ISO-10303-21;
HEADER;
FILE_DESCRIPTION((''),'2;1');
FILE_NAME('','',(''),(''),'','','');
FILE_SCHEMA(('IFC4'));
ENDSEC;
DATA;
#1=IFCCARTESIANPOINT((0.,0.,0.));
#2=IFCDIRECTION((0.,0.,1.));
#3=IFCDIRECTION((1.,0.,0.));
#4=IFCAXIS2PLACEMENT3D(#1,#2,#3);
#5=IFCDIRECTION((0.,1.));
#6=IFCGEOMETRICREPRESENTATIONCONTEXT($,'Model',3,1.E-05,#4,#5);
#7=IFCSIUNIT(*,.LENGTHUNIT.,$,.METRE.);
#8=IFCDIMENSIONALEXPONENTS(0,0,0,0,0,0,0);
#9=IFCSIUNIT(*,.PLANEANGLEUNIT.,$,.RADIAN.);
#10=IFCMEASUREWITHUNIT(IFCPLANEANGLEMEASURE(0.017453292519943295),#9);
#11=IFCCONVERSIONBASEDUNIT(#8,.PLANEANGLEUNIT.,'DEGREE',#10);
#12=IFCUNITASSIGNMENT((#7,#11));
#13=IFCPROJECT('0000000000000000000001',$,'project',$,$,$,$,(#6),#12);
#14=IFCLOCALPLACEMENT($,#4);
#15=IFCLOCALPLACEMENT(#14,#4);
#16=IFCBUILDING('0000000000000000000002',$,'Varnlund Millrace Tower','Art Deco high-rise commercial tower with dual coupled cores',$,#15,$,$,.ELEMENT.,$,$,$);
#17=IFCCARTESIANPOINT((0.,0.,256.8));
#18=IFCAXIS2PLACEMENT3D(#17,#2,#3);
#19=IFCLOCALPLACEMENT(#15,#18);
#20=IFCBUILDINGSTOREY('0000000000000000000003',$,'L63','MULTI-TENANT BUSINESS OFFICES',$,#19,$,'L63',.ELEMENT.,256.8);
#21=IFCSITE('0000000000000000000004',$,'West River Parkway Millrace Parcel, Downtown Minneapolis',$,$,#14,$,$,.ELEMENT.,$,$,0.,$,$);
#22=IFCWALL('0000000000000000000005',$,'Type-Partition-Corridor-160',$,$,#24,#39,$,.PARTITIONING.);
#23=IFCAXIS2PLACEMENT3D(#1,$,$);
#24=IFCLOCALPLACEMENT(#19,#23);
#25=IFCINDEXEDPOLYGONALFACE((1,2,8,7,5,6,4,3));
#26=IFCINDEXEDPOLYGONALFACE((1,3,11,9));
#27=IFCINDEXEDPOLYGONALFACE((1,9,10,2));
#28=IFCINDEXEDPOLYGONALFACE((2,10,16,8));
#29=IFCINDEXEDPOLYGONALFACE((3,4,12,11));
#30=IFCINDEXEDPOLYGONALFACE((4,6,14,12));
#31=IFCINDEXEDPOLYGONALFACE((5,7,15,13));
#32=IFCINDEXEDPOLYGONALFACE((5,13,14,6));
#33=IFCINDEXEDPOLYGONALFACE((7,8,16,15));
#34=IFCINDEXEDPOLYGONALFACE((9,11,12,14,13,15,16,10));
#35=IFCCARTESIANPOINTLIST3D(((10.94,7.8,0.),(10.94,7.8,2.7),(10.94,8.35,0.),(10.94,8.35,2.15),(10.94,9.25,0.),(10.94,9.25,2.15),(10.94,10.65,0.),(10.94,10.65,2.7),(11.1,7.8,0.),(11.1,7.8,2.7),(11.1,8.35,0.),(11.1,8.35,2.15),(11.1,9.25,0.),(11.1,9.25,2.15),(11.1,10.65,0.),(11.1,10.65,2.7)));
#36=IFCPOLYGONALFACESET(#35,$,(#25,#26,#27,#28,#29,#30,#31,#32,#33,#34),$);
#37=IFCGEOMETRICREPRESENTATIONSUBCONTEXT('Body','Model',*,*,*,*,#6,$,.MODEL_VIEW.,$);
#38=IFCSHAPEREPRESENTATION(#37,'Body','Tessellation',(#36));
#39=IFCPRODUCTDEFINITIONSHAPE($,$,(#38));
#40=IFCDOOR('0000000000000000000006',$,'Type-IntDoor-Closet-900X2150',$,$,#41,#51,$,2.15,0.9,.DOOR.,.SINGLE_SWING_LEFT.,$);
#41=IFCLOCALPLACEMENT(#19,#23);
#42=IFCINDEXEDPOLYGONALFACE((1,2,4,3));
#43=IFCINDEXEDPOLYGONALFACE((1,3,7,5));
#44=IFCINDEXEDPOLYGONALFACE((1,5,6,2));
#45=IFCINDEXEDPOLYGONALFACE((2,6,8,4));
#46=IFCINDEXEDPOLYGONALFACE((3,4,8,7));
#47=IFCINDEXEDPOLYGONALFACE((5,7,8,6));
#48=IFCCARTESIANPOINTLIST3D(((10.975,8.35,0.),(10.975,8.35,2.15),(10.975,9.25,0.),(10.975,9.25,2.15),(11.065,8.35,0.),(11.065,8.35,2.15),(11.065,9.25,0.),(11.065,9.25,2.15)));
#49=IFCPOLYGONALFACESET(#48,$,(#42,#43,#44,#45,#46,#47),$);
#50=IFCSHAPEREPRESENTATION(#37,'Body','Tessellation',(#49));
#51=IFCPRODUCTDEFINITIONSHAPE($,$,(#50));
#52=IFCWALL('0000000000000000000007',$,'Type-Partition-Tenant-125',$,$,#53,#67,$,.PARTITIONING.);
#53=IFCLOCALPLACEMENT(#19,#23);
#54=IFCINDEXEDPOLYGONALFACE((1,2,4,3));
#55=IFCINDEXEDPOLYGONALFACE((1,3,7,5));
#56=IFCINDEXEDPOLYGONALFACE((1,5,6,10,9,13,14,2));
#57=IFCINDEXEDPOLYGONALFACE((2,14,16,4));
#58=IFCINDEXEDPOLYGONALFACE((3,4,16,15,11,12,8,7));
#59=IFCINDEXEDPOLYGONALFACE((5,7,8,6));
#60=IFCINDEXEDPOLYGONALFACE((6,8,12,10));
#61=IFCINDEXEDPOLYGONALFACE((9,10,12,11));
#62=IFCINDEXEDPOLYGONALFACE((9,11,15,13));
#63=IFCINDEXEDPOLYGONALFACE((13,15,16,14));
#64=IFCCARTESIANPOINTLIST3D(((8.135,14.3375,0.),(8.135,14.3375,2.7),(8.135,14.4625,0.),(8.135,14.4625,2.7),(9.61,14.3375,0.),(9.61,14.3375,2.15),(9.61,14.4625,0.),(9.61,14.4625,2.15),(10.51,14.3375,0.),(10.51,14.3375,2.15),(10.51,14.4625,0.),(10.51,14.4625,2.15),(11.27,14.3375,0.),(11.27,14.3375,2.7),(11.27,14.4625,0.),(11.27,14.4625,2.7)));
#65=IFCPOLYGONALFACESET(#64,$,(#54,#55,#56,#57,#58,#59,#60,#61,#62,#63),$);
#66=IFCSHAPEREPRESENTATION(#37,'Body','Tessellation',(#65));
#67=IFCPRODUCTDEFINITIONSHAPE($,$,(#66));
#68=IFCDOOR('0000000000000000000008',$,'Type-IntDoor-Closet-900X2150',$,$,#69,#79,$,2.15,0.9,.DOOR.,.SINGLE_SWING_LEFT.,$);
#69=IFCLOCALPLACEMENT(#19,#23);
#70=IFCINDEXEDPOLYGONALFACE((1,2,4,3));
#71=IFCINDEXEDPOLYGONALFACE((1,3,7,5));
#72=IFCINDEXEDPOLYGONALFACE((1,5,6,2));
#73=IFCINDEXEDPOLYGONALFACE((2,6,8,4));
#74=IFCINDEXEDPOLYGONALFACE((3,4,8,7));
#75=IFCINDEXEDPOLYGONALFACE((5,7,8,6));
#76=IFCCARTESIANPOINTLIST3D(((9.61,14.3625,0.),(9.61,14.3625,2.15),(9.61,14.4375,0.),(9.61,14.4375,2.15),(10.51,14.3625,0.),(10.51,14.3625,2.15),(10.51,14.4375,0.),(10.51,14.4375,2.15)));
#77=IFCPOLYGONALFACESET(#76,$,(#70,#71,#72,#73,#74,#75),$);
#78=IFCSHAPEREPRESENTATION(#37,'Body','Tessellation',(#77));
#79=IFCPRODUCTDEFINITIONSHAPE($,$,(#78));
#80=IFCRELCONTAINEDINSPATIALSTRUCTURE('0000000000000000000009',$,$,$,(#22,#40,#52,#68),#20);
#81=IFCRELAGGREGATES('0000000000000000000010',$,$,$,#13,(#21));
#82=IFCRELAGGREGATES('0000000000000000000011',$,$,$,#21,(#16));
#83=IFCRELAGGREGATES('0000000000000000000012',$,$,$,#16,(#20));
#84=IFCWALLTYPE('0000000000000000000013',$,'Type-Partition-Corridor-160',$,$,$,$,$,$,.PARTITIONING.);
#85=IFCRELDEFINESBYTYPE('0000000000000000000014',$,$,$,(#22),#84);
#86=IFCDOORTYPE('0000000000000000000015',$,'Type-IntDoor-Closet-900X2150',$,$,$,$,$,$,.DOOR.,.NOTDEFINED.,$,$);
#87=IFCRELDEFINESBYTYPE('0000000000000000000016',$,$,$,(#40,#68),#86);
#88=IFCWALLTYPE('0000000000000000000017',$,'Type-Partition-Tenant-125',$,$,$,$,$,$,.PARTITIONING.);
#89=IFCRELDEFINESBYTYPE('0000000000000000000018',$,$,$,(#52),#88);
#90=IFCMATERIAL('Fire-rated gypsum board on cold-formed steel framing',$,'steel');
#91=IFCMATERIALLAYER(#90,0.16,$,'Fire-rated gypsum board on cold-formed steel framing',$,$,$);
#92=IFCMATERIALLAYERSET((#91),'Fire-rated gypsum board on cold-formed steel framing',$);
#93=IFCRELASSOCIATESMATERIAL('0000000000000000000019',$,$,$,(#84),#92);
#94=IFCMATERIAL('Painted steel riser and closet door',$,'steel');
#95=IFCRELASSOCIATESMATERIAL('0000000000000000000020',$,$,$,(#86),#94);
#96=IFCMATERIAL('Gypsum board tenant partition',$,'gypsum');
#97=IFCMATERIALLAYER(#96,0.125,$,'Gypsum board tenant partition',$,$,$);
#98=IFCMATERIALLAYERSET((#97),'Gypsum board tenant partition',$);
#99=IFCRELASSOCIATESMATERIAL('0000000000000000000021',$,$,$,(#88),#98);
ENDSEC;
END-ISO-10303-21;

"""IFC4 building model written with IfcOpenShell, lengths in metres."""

from ifc_helpers import new_model, entity, si_unit, converted_unit, direction, frame, origin_with_axes, origin_2d_with_axis, place, context, subcontext, project, spatial, polyline, rectangle, outline, extrude, material, layer, layer_set, type_object, element, fill, save


model = new_model("IFC4")

# Units and contexts
model_context = context("Model", 3, precision=1e-05, world=origin_with_axes(), true_north=direction((0.0, 1.0)))
body_context = subcontext(model_context, "Body", "Model", "MODEL_VIEW")
ifc_project = project(units=[si_unit("LENGTHUNIT", "METRE"), converted_unit("PLANEANGLEUNIT", "DEGREE", entity("IfcPlaneAngleMeasure", 0.017453292519943295), si_unit("PLANEANGLEUNIT", "RADIAN"), dimensions=[0, 0, 0, 0, 0, 0, 0])], contexts=[model_context])

# Site, building, storey
site_placement = place(None, origin_with_axes())
site = spatial("IfcSite", under=ifc_project, at=site_placement, Name="West River Parkway Millrace Parcel, Downtown Minneapolis", CompositionType="ELEMENT", RefElevation=0.0)
building_placement = place(site_placement, origin_with_axes())
building = spatial("IfcBuilding", under=site, at=building_placement, Name="Varnlund Millrace Tower", Description="Art Deco high-rise commercial tower with dual coupled cores", CompositionType="ELEMENT")
storey_placement = place(building_placement, frame((0.0, 0.0, 256.8), z_axis=(0.0, 0.0, 1.0), x_axis=(1.0, 0.0, 0.0)))
storey = spatial("IfcBuildingStorey", under=building, at=storey_placement, Name="L63", Description="MULTI-TENANT BUSINESS OFFICES", LongName="L63", CompositionType="ELEMENT", Elevation=256.8)

# Walls, openings, doors
ifc_material_1 = material(Name="Fire-rated gypsum board on cold-formed steel framing", Category="steel")
ifc_layer_1 = layer(ifc_material_1, 0.16, Name="Fire-rated gypsum board on cold-formed steel framing")
ifc_layer_set_1 = layer_set([ifc_layer_1], Name="Fire-rated gypsum board on cold-formed steel framing")
wall_type_1 = type_object("IfcWallType", Name="Type-Partition-Corridor-160", PredefinedType="PARTITIONING", material=ifc_layer_set_1)
wall_1_placement = place(storey_placement, frame((11.02, 7.8, 0.0), z_axis=(0.0, 0.0, 1.0), x_axis=(0.0, 1.0, 0.0)))
wall_1 = element("IfcWall", 1, at=wall_1_placement, inside=storey, type_object=wall_type_1, Name="Type-Partition-Corridor-160", PredefinedType="PARTITIONING", context=body_context, shape_type="SweptSolid", body=[
    extrude(outline(polyline([(0.0, -0.08), (2.85, -0.08), (2.85, 0.08), (0.0, 0.08), (0.0, -0.08)])), origin_with_axes(), (0.0, 0.0, 1.0), 2.7),
])
opening_1_placement = place(wall_1_placement, frame((1.0, 0.0, 0.0), z_axis=(0.0, 0.0, 1.0), x_axis=(1.0, 0.0, 0.0)))
opening_1 = element("IfcOpeningElement", 2, at=opening_1_placement, cuts=wall_1, PredefinedType="OPENING", context=body_context, shape_type="SweptSolid", body=[
    extrude(rectangle(XDim=0.9, YDim=0.18, at=origin_2d_with_axis()), origin_with_axes(), (0.0, 0.0, 1.0), 2.15),
])
ifc_material_2 = material(Name="Painted steel riser and closet door", Category="steel")
door_type = type_object("IfcDoorType", Name="Type-IntDoor-Closet-900X2150", OperationType="NOTDEFINED", PredefinedType="DOOR", material=ifc_material_2)
door_1_placement = place(wall_1_placement, frame((1.0, 0.0, 0.0), z_axis=(0.0, 0.0, 1.0), x_axis=(1.0, 0.0, 0.0)))
door_1 = element("IfcDoor", 3, at=door_1_placement, inside=storey, type_object=door_type, Name="Type-IntDoor-Closet-900X2150", OperationType="SINGLE_SWING_LEFT", OverallHeight=2.15, OverallWidth=0.9, PredefinedType="DOOR", context=body_context, shape_type="SweptSolid", body=[
    extrude(rectangle(XDim=0.9, YDim=0.09, at=origin_2d_with_axis()), origin_with_axes(), (0.0, 0.0, 1.0), 2.15),
])
fill(opening_1, door_1)
ifc_material_3 = material(Name="Gypsum board tenant partition", Category="gypsum")
ifc_layer_2 = layer(ifc_material_3, 0.125, Name="Gypsum board tenant partition")
ifc_layer_set_2 = layer_set([ifc_layer_2], Name="Gypsum board tenant partition")
wall_type_2 = type_object("IfcWallType", Name="Type-Partition-Tenant-125", PredefinedType="PARTITIONING", material=ifc_layer_set_2)
wall_2_placement = place(storey_placement, frame((8.135, 14.4, 0.0), z_axis=(0.0, 0.0, 1.0), x_axis=(1.0, 0.0, 0.0)))
wall_2 = element("IfcWall", 4, at=wall_2_placement, inside=storey, type_object=wall_type_2, Name="Type-Partition-Tenant-125", PredefinedType="PARTITIONING", context=body_context, shape_type="SweptSolid", body=[
    extrude(outline(polyline([(0.0, -0.0625), (3.135, -0.0625), (3.135, 0.0625), (0.0, 0.0625), (0.0, -0.0625)])), origin_with_axes(), (0.0, 0.0, 1.0), 2.7),
])
opening_2_placement = place(wall_2_placement, frame((1.925, 0.0, 0.0), z_axis=(0.0, 0.0, 1.0), x_axis=(1.0, 0.0, 0.0)))
opening_2 = element("IfcOpeningElement", 5, at=opening_2_placement, cuts=wall_2, PredefinedType="OPENING", context=body_context, shape_type="SweptSolid", body=[
    extrude(rectangle(XDim=0.9, YDim=0.145, at=origin_2d_with_axis()), origin_with_axes(), (0.0, 0.0, 1.0), 2.15),
])
door_2_placement = place(wall_2_placement, frame((1.925, 0.0, 0.0), z_axis=(0.0, 0.0, 1.0), x_axis=(1.0, 0.0, 0.0)))
door_2 = element("IfcDoor", 6, at=door_2_placement, inside=storey, type_object=door_type, Name="Type-IntDoor-Closet-900X2150", OperationType="SINGLE_SWING_LEFT", OverallHeight=2.15, OverallWidth=0.9, PredefinedType="DOOR", context=body_context, shape_type="SweptSolid", body=[
    extrude(rectangle(XDim=0.9, YDim=0.075, at=origin_2d_with_axis()), origin_with_axes(), (0.0, 0.0, 1.0), 2.15),
])
fill(opening_2, door_2)

save(model, "model.ifc")
